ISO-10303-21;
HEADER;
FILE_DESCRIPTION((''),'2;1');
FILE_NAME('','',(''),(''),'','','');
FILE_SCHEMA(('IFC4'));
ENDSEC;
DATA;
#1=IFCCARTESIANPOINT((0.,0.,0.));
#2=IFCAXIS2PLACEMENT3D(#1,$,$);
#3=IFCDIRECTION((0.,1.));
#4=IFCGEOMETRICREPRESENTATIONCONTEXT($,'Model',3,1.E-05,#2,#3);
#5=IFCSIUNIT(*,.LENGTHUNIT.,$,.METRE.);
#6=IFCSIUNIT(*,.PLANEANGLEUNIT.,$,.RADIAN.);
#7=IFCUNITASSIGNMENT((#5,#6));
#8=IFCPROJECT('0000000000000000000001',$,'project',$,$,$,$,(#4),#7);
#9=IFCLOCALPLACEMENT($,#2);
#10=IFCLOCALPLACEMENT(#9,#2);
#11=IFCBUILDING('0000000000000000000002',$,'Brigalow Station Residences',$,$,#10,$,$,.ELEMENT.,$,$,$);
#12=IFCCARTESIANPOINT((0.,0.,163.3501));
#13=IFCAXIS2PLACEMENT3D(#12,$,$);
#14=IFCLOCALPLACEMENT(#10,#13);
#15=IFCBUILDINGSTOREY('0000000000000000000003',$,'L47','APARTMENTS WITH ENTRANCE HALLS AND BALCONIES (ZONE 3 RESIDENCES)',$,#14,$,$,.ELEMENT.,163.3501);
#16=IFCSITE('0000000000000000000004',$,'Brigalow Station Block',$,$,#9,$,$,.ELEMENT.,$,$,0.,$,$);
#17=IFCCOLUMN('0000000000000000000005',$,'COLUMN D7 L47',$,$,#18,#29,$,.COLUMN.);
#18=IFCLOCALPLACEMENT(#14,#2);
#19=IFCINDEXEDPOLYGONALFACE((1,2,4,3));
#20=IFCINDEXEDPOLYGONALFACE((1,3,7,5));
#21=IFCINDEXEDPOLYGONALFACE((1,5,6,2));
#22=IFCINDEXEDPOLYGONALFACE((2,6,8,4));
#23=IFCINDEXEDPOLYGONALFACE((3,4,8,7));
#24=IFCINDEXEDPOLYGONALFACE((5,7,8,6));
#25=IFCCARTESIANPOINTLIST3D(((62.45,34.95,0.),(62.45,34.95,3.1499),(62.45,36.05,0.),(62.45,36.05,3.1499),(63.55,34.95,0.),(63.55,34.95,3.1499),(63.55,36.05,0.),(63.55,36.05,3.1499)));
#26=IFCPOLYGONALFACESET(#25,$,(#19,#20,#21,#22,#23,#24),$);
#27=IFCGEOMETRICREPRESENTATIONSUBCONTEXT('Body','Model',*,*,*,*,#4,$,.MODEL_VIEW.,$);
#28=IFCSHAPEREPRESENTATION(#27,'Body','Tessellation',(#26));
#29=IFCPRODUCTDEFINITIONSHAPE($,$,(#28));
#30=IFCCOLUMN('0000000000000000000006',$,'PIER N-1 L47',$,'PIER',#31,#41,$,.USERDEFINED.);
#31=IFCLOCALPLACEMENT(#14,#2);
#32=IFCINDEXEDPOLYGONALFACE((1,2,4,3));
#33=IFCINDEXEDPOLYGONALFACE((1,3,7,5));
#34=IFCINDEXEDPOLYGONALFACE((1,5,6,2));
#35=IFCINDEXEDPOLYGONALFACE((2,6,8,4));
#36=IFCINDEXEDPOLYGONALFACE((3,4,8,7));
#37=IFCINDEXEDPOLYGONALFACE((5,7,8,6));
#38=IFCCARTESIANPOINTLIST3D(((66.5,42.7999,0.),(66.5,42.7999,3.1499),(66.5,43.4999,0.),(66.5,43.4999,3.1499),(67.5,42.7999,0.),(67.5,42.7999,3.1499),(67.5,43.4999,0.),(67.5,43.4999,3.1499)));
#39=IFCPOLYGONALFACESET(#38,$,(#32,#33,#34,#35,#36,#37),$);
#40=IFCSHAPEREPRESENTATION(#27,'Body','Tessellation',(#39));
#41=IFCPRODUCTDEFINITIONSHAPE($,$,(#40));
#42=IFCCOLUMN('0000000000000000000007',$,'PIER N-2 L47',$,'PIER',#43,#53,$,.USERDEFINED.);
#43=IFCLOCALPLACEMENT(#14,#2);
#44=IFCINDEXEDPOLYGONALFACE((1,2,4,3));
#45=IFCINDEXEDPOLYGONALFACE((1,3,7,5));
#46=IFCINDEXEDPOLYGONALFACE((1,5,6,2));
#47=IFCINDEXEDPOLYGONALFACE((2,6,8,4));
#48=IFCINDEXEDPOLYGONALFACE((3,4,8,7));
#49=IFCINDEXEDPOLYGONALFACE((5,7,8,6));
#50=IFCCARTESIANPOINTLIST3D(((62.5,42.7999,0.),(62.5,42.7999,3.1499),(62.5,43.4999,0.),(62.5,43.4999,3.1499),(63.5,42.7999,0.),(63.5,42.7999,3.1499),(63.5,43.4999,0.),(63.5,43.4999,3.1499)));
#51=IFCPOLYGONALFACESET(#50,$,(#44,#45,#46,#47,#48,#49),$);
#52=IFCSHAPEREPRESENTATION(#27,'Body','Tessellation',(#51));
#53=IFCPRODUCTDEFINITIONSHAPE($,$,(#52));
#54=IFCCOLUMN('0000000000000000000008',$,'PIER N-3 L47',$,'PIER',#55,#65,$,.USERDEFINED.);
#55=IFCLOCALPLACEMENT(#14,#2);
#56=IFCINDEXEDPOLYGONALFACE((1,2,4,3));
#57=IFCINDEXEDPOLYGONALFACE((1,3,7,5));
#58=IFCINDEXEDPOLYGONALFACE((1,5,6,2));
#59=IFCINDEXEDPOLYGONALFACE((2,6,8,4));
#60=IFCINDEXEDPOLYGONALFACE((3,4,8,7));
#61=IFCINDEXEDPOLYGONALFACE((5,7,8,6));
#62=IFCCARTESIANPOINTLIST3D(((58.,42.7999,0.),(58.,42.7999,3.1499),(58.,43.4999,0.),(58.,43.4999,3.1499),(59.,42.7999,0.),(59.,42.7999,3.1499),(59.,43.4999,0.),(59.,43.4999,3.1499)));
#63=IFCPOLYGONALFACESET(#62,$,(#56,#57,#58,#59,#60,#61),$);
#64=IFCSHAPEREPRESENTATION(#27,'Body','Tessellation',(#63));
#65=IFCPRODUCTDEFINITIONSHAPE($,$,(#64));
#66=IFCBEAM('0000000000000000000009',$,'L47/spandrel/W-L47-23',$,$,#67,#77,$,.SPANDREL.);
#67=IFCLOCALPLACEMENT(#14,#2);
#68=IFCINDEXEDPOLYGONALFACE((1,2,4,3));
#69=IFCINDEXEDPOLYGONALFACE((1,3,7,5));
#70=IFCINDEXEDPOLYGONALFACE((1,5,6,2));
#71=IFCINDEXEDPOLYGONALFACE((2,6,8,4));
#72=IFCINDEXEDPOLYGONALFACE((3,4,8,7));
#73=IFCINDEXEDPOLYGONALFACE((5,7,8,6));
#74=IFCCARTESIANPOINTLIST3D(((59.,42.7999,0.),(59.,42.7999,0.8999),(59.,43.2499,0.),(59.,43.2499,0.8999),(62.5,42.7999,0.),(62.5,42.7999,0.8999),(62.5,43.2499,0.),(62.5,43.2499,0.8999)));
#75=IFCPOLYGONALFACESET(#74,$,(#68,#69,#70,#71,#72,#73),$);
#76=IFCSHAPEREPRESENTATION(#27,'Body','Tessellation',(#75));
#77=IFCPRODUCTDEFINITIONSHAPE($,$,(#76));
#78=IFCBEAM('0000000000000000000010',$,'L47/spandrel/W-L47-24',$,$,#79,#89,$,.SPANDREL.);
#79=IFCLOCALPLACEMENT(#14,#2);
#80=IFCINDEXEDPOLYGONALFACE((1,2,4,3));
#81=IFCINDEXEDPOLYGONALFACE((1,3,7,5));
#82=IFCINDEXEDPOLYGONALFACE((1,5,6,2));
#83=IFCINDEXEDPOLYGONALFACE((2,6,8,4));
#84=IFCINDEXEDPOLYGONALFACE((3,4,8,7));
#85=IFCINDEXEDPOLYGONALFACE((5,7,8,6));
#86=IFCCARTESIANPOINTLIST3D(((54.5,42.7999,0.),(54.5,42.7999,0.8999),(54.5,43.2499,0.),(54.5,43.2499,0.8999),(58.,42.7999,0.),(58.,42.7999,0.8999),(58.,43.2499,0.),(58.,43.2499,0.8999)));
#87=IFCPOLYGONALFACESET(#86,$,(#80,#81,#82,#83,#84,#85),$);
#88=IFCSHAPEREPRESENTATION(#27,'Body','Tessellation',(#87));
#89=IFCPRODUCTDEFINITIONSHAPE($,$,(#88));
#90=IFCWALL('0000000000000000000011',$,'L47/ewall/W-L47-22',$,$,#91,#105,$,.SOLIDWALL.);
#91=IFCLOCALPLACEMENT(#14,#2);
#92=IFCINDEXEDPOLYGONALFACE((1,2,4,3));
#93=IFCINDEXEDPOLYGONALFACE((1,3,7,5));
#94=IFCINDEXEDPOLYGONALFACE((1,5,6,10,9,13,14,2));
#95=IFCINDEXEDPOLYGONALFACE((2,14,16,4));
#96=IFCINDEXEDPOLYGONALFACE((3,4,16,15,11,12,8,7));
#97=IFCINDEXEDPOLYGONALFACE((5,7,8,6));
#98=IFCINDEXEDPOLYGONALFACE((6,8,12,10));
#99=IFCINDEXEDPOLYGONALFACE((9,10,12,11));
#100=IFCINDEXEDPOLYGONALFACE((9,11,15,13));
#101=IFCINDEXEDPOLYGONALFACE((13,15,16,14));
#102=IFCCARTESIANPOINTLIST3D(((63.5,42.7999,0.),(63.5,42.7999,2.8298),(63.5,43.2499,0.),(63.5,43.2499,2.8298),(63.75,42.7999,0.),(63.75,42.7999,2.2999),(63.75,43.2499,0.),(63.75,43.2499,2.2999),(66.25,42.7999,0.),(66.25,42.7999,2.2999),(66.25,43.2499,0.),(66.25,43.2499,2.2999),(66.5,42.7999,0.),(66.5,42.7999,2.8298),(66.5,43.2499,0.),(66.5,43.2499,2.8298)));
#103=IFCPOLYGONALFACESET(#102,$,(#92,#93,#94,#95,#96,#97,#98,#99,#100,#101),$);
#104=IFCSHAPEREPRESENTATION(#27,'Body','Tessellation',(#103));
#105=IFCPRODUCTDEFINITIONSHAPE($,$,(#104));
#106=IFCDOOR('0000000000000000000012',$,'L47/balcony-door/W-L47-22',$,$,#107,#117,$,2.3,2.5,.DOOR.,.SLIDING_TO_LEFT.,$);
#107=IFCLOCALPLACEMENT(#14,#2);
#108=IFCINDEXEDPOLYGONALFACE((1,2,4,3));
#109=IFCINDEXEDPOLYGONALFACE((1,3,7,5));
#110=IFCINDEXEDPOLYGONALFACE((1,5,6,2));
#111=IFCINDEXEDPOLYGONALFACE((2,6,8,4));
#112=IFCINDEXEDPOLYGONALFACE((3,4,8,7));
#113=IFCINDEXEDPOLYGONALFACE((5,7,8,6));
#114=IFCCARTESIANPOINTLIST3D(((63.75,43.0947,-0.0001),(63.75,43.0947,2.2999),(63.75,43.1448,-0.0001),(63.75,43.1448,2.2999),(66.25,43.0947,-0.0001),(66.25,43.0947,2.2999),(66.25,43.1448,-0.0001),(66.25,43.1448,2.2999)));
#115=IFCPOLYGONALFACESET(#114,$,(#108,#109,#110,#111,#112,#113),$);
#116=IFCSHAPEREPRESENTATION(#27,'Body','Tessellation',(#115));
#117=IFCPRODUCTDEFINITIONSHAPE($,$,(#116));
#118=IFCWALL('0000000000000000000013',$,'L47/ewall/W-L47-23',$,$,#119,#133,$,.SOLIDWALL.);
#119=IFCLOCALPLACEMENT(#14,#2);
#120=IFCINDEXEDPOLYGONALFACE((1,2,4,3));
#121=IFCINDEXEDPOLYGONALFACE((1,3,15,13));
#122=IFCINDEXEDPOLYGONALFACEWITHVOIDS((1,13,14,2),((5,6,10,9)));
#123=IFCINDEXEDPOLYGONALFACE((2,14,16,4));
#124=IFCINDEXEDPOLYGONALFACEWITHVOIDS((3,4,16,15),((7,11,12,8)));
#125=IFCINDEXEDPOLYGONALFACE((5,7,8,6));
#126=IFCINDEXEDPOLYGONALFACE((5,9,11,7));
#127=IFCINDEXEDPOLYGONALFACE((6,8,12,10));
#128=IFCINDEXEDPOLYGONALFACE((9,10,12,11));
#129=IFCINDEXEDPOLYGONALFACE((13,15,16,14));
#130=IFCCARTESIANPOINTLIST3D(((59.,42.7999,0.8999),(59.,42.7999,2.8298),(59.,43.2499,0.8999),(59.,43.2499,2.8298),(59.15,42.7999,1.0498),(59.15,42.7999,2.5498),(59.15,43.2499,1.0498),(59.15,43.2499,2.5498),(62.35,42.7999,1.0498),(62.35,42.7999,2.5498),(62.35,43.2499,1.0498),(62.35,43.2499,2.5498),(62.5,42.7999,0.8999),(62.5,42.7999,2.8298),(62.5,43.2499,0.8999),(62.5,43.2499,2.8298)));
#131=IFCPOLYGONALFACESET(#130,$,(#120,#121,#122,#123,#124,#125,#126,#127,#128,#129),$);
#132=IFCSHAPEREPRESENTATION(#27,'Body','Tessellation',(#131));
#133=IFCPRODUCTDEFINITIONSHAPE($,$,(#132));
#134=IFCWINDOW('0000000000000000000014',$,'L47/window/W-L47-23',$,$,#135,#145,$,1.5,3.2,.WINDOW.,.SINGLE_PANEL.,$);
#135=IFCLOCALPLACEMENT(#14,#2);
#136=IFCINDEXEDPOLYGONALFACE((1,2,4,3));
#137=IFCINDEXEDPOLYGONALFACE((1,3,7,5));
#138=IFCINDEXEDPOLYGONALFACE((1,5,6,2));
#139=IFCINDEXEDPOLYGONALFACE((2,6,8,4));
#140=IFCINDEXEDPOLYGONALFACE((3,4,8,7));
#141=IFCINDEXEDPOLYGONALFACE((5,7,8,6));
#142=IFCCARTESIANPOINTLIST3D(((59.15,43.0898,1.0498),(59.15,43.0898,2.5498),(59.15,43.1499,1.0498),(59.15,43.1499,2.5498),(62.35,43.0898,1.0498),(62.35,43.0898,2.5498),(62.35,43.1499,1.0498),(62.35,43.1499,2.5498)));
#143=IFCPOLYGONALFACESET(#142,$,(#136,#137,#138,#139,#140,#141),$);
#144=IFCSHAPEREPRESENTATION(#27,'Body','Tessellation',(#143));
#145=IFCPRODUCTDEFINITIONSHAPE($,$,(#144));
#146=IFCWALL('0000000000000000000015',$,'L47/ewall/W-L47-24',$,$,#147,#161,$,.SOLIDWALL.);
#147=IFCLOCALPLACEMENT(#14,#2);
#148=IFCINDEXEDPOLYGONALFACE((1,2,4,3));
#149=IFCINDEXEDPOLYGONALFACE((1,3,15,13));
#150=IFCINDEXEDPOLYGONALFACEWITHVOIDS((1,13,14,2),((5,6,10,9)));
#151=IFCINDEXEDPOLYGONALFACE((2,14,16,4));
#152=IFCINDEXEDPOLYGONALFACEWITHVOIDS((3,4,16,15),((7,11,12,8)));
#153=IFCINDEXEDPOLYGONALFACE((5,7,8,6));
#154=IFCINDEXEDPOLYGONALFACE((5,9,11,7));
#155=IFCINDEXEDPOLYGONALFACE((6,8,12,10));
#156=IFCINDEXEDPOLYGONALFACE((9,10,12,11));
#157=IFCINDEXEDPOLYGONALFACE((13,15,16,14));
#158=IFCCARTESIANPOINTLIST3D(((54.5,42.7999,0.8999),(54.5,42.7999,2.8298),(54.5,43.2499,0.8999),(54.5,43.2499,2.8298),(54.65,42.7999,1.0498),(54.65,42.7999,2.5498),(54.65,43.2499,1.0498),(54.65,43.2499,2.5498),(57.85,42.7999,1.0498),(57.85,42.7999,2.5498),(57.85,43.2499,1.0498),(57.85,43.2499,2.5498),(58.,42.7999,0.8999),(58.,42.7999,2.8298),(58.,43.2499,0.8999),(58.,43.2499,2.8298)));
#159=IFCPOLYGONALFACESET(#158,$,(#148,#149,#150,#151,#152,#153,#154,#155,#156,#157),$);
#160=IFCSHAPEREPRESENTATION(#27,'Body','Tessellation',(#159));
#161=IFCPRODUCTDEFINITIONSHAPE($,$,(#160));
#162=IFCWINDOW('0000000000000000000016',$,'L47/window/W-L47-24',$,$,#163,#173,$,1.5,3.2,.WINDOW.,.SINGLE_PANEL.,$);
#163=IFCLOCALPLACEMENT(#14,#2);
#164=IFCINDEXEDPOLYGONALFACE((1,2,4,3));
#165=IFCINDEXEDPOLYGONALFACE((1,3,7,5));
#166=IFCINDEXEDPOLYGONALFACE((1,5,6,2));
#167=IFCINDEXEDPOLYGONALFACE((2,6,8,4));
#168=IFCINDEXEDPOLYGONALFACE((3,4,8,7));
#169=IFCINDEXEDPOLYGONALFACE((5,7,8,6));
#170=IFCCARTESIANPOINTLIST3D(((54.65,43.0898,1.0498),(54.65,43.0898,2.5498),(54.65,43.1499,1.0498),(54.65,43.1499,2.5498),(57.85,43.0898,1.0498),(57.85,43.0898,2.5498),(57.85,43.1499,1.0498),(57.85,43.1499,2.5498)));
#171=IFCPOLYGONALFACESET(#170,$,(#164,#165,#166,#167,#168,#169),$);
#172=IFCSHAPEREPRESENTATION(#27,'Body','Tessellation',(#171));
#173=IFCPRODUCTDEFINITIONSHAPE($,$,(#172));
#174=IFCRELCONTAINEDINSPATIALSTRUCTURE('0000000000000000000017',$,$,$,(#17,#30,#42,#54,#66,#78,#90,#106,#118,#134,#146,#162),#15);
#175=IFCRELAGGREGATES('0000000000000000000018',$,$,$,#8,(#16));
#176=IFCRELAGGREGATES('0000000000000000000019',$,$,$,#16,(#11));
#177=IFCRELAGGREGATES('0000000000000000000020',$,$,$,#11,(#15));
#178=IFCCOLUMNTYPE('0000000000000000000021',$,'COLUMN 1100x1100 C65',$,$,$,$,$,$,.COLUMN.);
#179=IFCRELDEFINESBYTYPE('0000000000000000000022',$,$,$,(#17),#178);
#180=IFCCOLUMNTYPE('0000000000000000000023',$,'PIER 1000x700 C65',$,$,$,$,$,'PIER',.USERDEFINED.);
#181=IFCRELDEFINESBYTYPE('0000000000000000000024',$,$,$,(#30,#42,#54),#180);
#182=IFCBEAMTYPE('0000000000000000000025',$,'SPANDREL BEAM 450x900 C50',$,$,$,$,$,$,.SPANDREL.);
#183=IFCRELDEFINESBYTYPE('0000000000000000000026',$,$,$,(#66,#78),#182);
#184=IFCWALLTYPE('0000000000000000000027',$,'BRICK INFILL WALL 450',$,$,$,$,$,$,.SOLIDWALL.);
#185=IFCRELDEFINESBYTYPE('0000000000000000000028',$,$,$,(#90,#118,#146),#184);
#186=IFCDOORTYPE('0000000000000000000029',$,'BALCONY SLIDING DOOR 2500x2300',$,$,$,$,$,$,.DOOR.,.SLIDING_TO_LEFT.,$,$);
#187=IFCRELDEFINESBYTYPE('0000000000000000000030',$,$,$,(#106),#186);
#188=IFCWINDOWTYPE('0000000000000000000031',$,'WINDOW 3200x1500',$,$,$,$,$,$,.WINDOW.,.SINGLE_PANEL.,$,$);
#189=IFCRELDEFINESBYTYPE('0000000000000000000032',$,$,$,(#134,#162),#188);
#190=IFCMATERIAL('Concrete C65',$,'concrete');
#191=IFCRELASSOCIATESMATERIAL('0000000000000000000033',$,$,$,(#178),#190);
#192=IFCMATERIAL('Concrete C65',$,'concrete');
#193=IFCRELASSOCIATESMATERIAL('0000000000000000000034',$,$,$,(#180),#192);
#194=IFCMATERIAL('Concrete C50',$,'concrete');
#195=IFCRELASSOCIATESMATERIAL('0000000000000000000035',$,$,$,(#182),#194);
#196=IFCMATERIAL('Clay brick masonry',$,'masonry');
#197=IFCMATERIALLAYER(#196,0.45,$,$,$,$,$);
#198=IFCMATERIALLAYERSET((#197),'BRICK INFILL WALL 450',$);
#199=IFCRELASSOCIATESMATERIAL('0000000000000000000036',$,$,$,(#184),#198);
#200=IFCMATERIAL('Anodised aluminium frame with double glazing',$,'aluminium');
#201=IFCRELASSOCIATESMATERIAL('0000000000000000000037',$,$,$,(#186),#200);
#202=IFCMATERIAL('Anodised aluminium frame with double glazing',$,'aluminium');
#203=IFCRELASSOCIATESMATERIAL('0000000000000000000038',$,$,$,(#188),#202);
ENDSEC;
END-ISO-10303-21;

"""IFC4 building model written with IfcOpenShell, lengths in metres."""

from ifc_helpers import new_model, si_unit, direction, frame, frame_2d, origin, origin_2d, place, context, subcontext, project, spatial, rectangle, extrude, material, layer, layer_set, material_profile, profile_set, type_object, element, fill, save


model = new_model("IFC4")

# Units and contexts
model_context = context("Model", 3, precision=1e-05, world=origin(), true_north=direction((0.0, 1.0)))
body_context = subcontext(model_context, "Body", "Model", "MODEL_VIEW")
ifc_project = project(units=[si_unit("LENGTHUNIT", "METRE"), si_unit("PLANEANGLEUNIT", "RADIAN")], contexts=[model_context])

# Site, building, storey
site_placement = place(None, origin())
site = spatial("IfcSite", under=ifc_project, at=site_placement, Name="Brigalow Station Block", CompositionType="ELEMENT", RefElevation=0.0)
building_placement = place(site_placement, origin())
building = spatial("IfcBuilding", under=site, at=building_placement, Name="Brigalow Station Residences", CompositionType="ELEMENT")
storey_placement = place(building_placement, frame((0.0, 0.0, 163.3501)))
storey = spatial("IfcBuildingStorey", under=building, at=storey_placement, Name="L47", Description="APARTMENTS WITH ENTRANCE HALLS AND BALCONIES (ZONE 3 RESIDENCES)", CompositionType="ELEMENT", Elevation=163.3501)

# Columns
ifc_material_1 = material(Name="Concrete C65", Category="concrete")
ifc_material_profile_1 = material_profile(ifc_material_1, rectangle(XDim=1.1001, YDim=1.1001, at=origin_2d()), Name="RC1100x1100")
ifc_profile_set_1 = profile_set([ifc_material_profile_1], Name="Concrete C65")
column_type_1 = type_object("IfcColumnType", Name="COLUMN 1100x1100 C65", PredefinedType="COLUMN", material=ifc_profile_set_1)
column_placement = place(storey_placement, frame((63.0, 35.5, 0.0), z_axis=(0.0, 0.0, 1.0), x_axis=(1.0, 0.0, 0.0)))
element("IfcColumn", 1, at=column_placement, inside=storey, type_object=column_type_1, Name="COLUMN D7 L47", PredefinedType="COLUMN", context=body_context, shape_type="SweptSolid", body=[
    extrude(rectangle(XDim=1.1001, YDim=1.1001, at=origin_2d()), origin(), (0.0, 0.0, 1.0), 3.1499),
])
ifc_material_2 = material(Name="Concrete C65", Category="concrete")
ifc_material_profile_2 = material_profile(ifc_material_2, rectangle(XDim=1.0, YDim=0.7, at=origin_2d()), Name="RC1000x700")
ifc_profile_set_2 = profile_set([ifc_material_profile_2], Name="Concrete C65")
column_type_2 = type_object("IfcColumnType", Name="PIER 1000x700 C65", ElementType="PIER", PredefinedType="USERDEFINED", material=ifc_profile_set_2)
for number, where, z_axis, x_axis, name in (
    (2, (67.0, 43.1499, 0.0), (0.0, 0.0, 1.0), (-1.0, 0.0, 0.0), "PIER N-1 L47"),
    (3, (63.0, 43.1499, 0.0), (0.0, 0.0, 1.0), (-1.0, 0.0, 0.0), "PIER N-2 L47"),
    (4, (58.5, 43.1499, 0.0), (0.0, 0.0, 1.0), (-1.0, 0.0, 0.0), "PIER N-3 L47"),
):
    element("IfcColumn", number, at=place(storey_placement, frame(where, z_axis=z_axis, x_axis=x_axis)), inside=storey, type_object=column_type_2, Name=name, ObjectType="PIER", PredefinedType="USERDEFINED", context=body_context, shape_type="SweptSolid", body=[
        extrude(rectangle(XDim=1.0, YDim=0.7, at=origin_2d()), origin(), (0.0, 0.0, 1.0), 3.1499),
    ])

# Beams
ifc_material_3 = material(Name="Concrete C50", Category="concrete")
ifc_material_profile_3 = material_profile(ifc_material_3, rectangle(XDim=0.45, YDim=0.8999, at=origin_2d()), Name="RC450x900")
ifc_profile_set_3 = profile_set([ifc_material_profile_3], Name="Concrete C50")
beam_type = type_object("IfcBeamType", Name="SPANDREL BEAM 450x900 C50", PredefinedType="SPANDREL", material=ifc_profile_set_3)
for number, where, z_axis, x_axis, name in (
    (5, (62.5, 43.0249, 0.45), (-1.0, 0.0, 0.0), (0.0, -1.0, 0.0), "L47/spandrel/W-L47-23"),
    (6, (58.0, 43.0249, 0.45), (-1.0, 0.0, 0.0), (0.0, -1.0, 0.0), "L47/spandrel/W-L47-24"),
):
    element("IfcBeam", number, at=place(storey_placement, frame(where, z_axis=z_axis, x_axis=x_axis)), inside=storey, type_object=beam_type, Name=name, PredefinedType="SPANDREL", context=body_context, shape_type="SweptSolid", body=[
        extrude(rectangle(XDim=0.45, YDim=0.8999, at=origin_2d()), origin(), (0.0, 0.0, 1.0), 3.5),
    ])

# Wall, opening, door
ifc_material_4 = material(Name="Clay brick masonry", Category="masonry")
ifc_layer_1 = layer(ifc_material_4, 0.45)
ifc_layer_set_1 = layer_set([ifc_layer_1], Name="BRICK INFILL WALL 450")
wall_type_1 = type_object("IfcWallType", Name="BRICK INFILL WALL 450", PredefinedType="SOLIDWALL", material=ifc_layer_set_1)
wall_1_placement = place(storey_placement, frame((66.5, 43.0249, 0.0), z_axis=(0.0, 0.0, 1.0), x_axis=(-1.0, 0.0, 0.0)))
wall_1 = element("IfcWall", 7, at=wall_1_placement, inside=storey, type_object=wall_type_1, Name="L47/ewall/W-L47-22", PredefinedType="SOLIDWALL", context=body_context, shape_type="SweptSolid", body=[
    extrude(rectangle(XDim=3.0, YDim=0.45, at=frame_2d((1.5, 0.0))), origin(), (0.0, 0.0, 1.0), 2.8298),
])
opening_1_placement = place(wall_1_placement, frame((0.25, 0.0, 0.0)))
opening_1 = element("IfcOpeningElement", 8, at=opening_1_placement, cuts=wall_1, PredefinedType="OPENING", context=body_context, shape_type="SweptSolid", body=[
    extrude(rectangle(XDim=2.5, YDim=2.3, at=frame_2d((1.25, 1.1499))), frame((0.0, 0.2349, 0.0), z_axis=(0.0, -1.0, 0.0), x_axis=(1.0, 0.0, 0.0)), (0.0, 0.0, 1.0), 0.47),
])
ifc_material_5 = material(Name="Anodised aluminium frame with double glazing", Category="aluminium")
door_type_1 = type_object("IfcDoorType", Name="BALCONY SLIDING DOOR 2500x2300", OperationType="SLIDING_TO_LEFT", PredefinedType="DOOR", material=ifc_material_5)
door_1_placement = place(opening_1_placement, origin())
door_1 = element("IfcDoor", 9, at=door_1_placement, inside=storey, type_object=door_type_1, Name="L47/balcony-door/W-L47-22", OperationType="SLIDING_TO_LEFT", OverallHeight=2.3, OverallWidth=2.5, PredefinedType="DOOR", context=body_context, shape_type="SweptSolid", body=[
    extrude(rectangle(XDim=2.5, YDim=2.3, at=frame_2d((1.25, 1.1499))), frame((0.0, -0.0698, 0.0), z_axis=(0.0, -1.0, 0.0), x_axis=(1.0, 0.0, 0.0)), (0.0, 0.0, 1.0), 0.05),
])
fill(opening_1, door_1)

# Walls, openings, windows
wall_2_placement = place(storey_placement, frame((62.5, 43.0249, 0.8999), z_axis=(0.0, 0.0, 1.0), x_axis=(-1.0, 0.0, 0.0)))
wall_2 = element("IfcWall", 10, at=wall_2_placement, inside=storey, type_object=wall_type_1, Name="L47/ewall/W-L47-23", PredefinedType="SOLIDWALL", context=body_context, shape_type="SweptSolid", body=[
    extrude(rectangle(XDim=3.5, YDim=0.45, at=frame_2d((1.75, 0.0))), origin(), (0.0, 0.0, 1.0), 1.9299),
])
opening_2_placement = place(wall_2_placement, frame((0.1499, 0.0, 0.1499)))
opening_2 = element("IfcOpeningElement", 11, at=opening_2_placement, cuts=wall_2, PredefinedType="OPENING", context=body_context, shape_type="SweptSolid", body=[
    extrude(rectangle(XDim=3.2, YDim=1.5, at=frame_2d((1.6001, 0.75))), frame((0.0, 0.2349, 0.0), z_axis=(0.0, -1.0, 0.0), x_axis=(1.0, 0.0, 0.0)), (0.0, 0.0, 1.0), 0.47),
])
ifc_material_6 = material(Name="Anodised aluminium frame with double glazing", Category="aluminium")
window_type = type_object("IfcWindowType", Name="WINDOW 3200x1500", PartitioningType="SINGLE_PANEL", PredefinedType="WINDOW", material=ifc_material_6)
window_1_placement = place(opening_2_placement, origin())
window_1 = element("IfcWindow", 12, at=window_1_placement, inside=storey, type_object=window_type, Name="L47/window/W-L47-23", OverallHeight=1.5, OverallWidth=3.2, PartitioningType="SINGLE_PANEL", PredefinedType="WINDOW", context=body_context, shape_type="SweptSolid", body=[
    extrude(rectangle(XDim=3.2, YDim=1.5, at=frame_2d((1.6001, 0.75))), frame((0.0, -0.0649, 0.0), z_axis=(0.0, -1.0, 0.0), x_axis=(1.0, 0.0, 0.0)), (0.0, 0.0, 1.0), 0.0601),
])
fill(opening_2, window_1)
wall_3_placement = place(storey_placement, frame((58.0, 43.0249, 0.8999), z_axis=(0.0, 0.0, 1.0), x_axis=(-1.0, 0.0, 0.0)))
wall_3 = element("IfcWall", 13, at=wall_3_placement, inside=storey, type_object=wall_type_1, Name="L47/ewall/W-L47-24", PredefinedType="SOLIDWALL", context=body_context, shape_type="SweptSolid", body=[
    extrude(rectangle(XDim=3.5, YDim=0.45, at=frame_2d((1.75, 0.0))), origin(), (0.0, 0.0, 1.0), 1.9299),
])
opening_3_placement = place(wall_3_placement, frame((0.1499, 0.0, 0.1499)))
opening_3 = element("IfcOpeningElement", 14, at=opening_3_placement, cuts=wall_3, PredefinedType="OPENING", context=body_context, shape_type="SweptSolid", body=[
    extrude(rectangle(XDim=3.2, YDim=1.5, at=frame_2d((1.6001, 0.75))), frame((0.0, 0.2349, 0.0), z_axis=(0.0, -1.0, 0.0), x_axis=(1.0, 0.0, 0.0)), (0.0, 0.0, 1.0), 0.47),
])
window_2_placement = place(opening_3_placement, origin())
window_2 = element("IfcWindow", 15, at=window_2_placement, inside=storey, type_object=window_type, Name="L47/window/W-L47-24", OverallHeight=1.5, OverallWidth=3.2, PartitioningType="SINGLE_PANEL", PredefinedType="WINDOW", context=body_context, shape_type="SweptSolid", body=[
    extrude(rectangle(XDim=3.2, YDim=1.5, at=frame_2d((1.6001, 0.75))), frame((0.0, -0.0649, 0.0), z_axis=(0.0, -1.0, 0.0), x_axis=(1.0, 0.0, 0.0)), (0.0, 0.0, 1.0), 0.0601),
])
fill(opening_3, window_2)

save(model, "model.ifc")
